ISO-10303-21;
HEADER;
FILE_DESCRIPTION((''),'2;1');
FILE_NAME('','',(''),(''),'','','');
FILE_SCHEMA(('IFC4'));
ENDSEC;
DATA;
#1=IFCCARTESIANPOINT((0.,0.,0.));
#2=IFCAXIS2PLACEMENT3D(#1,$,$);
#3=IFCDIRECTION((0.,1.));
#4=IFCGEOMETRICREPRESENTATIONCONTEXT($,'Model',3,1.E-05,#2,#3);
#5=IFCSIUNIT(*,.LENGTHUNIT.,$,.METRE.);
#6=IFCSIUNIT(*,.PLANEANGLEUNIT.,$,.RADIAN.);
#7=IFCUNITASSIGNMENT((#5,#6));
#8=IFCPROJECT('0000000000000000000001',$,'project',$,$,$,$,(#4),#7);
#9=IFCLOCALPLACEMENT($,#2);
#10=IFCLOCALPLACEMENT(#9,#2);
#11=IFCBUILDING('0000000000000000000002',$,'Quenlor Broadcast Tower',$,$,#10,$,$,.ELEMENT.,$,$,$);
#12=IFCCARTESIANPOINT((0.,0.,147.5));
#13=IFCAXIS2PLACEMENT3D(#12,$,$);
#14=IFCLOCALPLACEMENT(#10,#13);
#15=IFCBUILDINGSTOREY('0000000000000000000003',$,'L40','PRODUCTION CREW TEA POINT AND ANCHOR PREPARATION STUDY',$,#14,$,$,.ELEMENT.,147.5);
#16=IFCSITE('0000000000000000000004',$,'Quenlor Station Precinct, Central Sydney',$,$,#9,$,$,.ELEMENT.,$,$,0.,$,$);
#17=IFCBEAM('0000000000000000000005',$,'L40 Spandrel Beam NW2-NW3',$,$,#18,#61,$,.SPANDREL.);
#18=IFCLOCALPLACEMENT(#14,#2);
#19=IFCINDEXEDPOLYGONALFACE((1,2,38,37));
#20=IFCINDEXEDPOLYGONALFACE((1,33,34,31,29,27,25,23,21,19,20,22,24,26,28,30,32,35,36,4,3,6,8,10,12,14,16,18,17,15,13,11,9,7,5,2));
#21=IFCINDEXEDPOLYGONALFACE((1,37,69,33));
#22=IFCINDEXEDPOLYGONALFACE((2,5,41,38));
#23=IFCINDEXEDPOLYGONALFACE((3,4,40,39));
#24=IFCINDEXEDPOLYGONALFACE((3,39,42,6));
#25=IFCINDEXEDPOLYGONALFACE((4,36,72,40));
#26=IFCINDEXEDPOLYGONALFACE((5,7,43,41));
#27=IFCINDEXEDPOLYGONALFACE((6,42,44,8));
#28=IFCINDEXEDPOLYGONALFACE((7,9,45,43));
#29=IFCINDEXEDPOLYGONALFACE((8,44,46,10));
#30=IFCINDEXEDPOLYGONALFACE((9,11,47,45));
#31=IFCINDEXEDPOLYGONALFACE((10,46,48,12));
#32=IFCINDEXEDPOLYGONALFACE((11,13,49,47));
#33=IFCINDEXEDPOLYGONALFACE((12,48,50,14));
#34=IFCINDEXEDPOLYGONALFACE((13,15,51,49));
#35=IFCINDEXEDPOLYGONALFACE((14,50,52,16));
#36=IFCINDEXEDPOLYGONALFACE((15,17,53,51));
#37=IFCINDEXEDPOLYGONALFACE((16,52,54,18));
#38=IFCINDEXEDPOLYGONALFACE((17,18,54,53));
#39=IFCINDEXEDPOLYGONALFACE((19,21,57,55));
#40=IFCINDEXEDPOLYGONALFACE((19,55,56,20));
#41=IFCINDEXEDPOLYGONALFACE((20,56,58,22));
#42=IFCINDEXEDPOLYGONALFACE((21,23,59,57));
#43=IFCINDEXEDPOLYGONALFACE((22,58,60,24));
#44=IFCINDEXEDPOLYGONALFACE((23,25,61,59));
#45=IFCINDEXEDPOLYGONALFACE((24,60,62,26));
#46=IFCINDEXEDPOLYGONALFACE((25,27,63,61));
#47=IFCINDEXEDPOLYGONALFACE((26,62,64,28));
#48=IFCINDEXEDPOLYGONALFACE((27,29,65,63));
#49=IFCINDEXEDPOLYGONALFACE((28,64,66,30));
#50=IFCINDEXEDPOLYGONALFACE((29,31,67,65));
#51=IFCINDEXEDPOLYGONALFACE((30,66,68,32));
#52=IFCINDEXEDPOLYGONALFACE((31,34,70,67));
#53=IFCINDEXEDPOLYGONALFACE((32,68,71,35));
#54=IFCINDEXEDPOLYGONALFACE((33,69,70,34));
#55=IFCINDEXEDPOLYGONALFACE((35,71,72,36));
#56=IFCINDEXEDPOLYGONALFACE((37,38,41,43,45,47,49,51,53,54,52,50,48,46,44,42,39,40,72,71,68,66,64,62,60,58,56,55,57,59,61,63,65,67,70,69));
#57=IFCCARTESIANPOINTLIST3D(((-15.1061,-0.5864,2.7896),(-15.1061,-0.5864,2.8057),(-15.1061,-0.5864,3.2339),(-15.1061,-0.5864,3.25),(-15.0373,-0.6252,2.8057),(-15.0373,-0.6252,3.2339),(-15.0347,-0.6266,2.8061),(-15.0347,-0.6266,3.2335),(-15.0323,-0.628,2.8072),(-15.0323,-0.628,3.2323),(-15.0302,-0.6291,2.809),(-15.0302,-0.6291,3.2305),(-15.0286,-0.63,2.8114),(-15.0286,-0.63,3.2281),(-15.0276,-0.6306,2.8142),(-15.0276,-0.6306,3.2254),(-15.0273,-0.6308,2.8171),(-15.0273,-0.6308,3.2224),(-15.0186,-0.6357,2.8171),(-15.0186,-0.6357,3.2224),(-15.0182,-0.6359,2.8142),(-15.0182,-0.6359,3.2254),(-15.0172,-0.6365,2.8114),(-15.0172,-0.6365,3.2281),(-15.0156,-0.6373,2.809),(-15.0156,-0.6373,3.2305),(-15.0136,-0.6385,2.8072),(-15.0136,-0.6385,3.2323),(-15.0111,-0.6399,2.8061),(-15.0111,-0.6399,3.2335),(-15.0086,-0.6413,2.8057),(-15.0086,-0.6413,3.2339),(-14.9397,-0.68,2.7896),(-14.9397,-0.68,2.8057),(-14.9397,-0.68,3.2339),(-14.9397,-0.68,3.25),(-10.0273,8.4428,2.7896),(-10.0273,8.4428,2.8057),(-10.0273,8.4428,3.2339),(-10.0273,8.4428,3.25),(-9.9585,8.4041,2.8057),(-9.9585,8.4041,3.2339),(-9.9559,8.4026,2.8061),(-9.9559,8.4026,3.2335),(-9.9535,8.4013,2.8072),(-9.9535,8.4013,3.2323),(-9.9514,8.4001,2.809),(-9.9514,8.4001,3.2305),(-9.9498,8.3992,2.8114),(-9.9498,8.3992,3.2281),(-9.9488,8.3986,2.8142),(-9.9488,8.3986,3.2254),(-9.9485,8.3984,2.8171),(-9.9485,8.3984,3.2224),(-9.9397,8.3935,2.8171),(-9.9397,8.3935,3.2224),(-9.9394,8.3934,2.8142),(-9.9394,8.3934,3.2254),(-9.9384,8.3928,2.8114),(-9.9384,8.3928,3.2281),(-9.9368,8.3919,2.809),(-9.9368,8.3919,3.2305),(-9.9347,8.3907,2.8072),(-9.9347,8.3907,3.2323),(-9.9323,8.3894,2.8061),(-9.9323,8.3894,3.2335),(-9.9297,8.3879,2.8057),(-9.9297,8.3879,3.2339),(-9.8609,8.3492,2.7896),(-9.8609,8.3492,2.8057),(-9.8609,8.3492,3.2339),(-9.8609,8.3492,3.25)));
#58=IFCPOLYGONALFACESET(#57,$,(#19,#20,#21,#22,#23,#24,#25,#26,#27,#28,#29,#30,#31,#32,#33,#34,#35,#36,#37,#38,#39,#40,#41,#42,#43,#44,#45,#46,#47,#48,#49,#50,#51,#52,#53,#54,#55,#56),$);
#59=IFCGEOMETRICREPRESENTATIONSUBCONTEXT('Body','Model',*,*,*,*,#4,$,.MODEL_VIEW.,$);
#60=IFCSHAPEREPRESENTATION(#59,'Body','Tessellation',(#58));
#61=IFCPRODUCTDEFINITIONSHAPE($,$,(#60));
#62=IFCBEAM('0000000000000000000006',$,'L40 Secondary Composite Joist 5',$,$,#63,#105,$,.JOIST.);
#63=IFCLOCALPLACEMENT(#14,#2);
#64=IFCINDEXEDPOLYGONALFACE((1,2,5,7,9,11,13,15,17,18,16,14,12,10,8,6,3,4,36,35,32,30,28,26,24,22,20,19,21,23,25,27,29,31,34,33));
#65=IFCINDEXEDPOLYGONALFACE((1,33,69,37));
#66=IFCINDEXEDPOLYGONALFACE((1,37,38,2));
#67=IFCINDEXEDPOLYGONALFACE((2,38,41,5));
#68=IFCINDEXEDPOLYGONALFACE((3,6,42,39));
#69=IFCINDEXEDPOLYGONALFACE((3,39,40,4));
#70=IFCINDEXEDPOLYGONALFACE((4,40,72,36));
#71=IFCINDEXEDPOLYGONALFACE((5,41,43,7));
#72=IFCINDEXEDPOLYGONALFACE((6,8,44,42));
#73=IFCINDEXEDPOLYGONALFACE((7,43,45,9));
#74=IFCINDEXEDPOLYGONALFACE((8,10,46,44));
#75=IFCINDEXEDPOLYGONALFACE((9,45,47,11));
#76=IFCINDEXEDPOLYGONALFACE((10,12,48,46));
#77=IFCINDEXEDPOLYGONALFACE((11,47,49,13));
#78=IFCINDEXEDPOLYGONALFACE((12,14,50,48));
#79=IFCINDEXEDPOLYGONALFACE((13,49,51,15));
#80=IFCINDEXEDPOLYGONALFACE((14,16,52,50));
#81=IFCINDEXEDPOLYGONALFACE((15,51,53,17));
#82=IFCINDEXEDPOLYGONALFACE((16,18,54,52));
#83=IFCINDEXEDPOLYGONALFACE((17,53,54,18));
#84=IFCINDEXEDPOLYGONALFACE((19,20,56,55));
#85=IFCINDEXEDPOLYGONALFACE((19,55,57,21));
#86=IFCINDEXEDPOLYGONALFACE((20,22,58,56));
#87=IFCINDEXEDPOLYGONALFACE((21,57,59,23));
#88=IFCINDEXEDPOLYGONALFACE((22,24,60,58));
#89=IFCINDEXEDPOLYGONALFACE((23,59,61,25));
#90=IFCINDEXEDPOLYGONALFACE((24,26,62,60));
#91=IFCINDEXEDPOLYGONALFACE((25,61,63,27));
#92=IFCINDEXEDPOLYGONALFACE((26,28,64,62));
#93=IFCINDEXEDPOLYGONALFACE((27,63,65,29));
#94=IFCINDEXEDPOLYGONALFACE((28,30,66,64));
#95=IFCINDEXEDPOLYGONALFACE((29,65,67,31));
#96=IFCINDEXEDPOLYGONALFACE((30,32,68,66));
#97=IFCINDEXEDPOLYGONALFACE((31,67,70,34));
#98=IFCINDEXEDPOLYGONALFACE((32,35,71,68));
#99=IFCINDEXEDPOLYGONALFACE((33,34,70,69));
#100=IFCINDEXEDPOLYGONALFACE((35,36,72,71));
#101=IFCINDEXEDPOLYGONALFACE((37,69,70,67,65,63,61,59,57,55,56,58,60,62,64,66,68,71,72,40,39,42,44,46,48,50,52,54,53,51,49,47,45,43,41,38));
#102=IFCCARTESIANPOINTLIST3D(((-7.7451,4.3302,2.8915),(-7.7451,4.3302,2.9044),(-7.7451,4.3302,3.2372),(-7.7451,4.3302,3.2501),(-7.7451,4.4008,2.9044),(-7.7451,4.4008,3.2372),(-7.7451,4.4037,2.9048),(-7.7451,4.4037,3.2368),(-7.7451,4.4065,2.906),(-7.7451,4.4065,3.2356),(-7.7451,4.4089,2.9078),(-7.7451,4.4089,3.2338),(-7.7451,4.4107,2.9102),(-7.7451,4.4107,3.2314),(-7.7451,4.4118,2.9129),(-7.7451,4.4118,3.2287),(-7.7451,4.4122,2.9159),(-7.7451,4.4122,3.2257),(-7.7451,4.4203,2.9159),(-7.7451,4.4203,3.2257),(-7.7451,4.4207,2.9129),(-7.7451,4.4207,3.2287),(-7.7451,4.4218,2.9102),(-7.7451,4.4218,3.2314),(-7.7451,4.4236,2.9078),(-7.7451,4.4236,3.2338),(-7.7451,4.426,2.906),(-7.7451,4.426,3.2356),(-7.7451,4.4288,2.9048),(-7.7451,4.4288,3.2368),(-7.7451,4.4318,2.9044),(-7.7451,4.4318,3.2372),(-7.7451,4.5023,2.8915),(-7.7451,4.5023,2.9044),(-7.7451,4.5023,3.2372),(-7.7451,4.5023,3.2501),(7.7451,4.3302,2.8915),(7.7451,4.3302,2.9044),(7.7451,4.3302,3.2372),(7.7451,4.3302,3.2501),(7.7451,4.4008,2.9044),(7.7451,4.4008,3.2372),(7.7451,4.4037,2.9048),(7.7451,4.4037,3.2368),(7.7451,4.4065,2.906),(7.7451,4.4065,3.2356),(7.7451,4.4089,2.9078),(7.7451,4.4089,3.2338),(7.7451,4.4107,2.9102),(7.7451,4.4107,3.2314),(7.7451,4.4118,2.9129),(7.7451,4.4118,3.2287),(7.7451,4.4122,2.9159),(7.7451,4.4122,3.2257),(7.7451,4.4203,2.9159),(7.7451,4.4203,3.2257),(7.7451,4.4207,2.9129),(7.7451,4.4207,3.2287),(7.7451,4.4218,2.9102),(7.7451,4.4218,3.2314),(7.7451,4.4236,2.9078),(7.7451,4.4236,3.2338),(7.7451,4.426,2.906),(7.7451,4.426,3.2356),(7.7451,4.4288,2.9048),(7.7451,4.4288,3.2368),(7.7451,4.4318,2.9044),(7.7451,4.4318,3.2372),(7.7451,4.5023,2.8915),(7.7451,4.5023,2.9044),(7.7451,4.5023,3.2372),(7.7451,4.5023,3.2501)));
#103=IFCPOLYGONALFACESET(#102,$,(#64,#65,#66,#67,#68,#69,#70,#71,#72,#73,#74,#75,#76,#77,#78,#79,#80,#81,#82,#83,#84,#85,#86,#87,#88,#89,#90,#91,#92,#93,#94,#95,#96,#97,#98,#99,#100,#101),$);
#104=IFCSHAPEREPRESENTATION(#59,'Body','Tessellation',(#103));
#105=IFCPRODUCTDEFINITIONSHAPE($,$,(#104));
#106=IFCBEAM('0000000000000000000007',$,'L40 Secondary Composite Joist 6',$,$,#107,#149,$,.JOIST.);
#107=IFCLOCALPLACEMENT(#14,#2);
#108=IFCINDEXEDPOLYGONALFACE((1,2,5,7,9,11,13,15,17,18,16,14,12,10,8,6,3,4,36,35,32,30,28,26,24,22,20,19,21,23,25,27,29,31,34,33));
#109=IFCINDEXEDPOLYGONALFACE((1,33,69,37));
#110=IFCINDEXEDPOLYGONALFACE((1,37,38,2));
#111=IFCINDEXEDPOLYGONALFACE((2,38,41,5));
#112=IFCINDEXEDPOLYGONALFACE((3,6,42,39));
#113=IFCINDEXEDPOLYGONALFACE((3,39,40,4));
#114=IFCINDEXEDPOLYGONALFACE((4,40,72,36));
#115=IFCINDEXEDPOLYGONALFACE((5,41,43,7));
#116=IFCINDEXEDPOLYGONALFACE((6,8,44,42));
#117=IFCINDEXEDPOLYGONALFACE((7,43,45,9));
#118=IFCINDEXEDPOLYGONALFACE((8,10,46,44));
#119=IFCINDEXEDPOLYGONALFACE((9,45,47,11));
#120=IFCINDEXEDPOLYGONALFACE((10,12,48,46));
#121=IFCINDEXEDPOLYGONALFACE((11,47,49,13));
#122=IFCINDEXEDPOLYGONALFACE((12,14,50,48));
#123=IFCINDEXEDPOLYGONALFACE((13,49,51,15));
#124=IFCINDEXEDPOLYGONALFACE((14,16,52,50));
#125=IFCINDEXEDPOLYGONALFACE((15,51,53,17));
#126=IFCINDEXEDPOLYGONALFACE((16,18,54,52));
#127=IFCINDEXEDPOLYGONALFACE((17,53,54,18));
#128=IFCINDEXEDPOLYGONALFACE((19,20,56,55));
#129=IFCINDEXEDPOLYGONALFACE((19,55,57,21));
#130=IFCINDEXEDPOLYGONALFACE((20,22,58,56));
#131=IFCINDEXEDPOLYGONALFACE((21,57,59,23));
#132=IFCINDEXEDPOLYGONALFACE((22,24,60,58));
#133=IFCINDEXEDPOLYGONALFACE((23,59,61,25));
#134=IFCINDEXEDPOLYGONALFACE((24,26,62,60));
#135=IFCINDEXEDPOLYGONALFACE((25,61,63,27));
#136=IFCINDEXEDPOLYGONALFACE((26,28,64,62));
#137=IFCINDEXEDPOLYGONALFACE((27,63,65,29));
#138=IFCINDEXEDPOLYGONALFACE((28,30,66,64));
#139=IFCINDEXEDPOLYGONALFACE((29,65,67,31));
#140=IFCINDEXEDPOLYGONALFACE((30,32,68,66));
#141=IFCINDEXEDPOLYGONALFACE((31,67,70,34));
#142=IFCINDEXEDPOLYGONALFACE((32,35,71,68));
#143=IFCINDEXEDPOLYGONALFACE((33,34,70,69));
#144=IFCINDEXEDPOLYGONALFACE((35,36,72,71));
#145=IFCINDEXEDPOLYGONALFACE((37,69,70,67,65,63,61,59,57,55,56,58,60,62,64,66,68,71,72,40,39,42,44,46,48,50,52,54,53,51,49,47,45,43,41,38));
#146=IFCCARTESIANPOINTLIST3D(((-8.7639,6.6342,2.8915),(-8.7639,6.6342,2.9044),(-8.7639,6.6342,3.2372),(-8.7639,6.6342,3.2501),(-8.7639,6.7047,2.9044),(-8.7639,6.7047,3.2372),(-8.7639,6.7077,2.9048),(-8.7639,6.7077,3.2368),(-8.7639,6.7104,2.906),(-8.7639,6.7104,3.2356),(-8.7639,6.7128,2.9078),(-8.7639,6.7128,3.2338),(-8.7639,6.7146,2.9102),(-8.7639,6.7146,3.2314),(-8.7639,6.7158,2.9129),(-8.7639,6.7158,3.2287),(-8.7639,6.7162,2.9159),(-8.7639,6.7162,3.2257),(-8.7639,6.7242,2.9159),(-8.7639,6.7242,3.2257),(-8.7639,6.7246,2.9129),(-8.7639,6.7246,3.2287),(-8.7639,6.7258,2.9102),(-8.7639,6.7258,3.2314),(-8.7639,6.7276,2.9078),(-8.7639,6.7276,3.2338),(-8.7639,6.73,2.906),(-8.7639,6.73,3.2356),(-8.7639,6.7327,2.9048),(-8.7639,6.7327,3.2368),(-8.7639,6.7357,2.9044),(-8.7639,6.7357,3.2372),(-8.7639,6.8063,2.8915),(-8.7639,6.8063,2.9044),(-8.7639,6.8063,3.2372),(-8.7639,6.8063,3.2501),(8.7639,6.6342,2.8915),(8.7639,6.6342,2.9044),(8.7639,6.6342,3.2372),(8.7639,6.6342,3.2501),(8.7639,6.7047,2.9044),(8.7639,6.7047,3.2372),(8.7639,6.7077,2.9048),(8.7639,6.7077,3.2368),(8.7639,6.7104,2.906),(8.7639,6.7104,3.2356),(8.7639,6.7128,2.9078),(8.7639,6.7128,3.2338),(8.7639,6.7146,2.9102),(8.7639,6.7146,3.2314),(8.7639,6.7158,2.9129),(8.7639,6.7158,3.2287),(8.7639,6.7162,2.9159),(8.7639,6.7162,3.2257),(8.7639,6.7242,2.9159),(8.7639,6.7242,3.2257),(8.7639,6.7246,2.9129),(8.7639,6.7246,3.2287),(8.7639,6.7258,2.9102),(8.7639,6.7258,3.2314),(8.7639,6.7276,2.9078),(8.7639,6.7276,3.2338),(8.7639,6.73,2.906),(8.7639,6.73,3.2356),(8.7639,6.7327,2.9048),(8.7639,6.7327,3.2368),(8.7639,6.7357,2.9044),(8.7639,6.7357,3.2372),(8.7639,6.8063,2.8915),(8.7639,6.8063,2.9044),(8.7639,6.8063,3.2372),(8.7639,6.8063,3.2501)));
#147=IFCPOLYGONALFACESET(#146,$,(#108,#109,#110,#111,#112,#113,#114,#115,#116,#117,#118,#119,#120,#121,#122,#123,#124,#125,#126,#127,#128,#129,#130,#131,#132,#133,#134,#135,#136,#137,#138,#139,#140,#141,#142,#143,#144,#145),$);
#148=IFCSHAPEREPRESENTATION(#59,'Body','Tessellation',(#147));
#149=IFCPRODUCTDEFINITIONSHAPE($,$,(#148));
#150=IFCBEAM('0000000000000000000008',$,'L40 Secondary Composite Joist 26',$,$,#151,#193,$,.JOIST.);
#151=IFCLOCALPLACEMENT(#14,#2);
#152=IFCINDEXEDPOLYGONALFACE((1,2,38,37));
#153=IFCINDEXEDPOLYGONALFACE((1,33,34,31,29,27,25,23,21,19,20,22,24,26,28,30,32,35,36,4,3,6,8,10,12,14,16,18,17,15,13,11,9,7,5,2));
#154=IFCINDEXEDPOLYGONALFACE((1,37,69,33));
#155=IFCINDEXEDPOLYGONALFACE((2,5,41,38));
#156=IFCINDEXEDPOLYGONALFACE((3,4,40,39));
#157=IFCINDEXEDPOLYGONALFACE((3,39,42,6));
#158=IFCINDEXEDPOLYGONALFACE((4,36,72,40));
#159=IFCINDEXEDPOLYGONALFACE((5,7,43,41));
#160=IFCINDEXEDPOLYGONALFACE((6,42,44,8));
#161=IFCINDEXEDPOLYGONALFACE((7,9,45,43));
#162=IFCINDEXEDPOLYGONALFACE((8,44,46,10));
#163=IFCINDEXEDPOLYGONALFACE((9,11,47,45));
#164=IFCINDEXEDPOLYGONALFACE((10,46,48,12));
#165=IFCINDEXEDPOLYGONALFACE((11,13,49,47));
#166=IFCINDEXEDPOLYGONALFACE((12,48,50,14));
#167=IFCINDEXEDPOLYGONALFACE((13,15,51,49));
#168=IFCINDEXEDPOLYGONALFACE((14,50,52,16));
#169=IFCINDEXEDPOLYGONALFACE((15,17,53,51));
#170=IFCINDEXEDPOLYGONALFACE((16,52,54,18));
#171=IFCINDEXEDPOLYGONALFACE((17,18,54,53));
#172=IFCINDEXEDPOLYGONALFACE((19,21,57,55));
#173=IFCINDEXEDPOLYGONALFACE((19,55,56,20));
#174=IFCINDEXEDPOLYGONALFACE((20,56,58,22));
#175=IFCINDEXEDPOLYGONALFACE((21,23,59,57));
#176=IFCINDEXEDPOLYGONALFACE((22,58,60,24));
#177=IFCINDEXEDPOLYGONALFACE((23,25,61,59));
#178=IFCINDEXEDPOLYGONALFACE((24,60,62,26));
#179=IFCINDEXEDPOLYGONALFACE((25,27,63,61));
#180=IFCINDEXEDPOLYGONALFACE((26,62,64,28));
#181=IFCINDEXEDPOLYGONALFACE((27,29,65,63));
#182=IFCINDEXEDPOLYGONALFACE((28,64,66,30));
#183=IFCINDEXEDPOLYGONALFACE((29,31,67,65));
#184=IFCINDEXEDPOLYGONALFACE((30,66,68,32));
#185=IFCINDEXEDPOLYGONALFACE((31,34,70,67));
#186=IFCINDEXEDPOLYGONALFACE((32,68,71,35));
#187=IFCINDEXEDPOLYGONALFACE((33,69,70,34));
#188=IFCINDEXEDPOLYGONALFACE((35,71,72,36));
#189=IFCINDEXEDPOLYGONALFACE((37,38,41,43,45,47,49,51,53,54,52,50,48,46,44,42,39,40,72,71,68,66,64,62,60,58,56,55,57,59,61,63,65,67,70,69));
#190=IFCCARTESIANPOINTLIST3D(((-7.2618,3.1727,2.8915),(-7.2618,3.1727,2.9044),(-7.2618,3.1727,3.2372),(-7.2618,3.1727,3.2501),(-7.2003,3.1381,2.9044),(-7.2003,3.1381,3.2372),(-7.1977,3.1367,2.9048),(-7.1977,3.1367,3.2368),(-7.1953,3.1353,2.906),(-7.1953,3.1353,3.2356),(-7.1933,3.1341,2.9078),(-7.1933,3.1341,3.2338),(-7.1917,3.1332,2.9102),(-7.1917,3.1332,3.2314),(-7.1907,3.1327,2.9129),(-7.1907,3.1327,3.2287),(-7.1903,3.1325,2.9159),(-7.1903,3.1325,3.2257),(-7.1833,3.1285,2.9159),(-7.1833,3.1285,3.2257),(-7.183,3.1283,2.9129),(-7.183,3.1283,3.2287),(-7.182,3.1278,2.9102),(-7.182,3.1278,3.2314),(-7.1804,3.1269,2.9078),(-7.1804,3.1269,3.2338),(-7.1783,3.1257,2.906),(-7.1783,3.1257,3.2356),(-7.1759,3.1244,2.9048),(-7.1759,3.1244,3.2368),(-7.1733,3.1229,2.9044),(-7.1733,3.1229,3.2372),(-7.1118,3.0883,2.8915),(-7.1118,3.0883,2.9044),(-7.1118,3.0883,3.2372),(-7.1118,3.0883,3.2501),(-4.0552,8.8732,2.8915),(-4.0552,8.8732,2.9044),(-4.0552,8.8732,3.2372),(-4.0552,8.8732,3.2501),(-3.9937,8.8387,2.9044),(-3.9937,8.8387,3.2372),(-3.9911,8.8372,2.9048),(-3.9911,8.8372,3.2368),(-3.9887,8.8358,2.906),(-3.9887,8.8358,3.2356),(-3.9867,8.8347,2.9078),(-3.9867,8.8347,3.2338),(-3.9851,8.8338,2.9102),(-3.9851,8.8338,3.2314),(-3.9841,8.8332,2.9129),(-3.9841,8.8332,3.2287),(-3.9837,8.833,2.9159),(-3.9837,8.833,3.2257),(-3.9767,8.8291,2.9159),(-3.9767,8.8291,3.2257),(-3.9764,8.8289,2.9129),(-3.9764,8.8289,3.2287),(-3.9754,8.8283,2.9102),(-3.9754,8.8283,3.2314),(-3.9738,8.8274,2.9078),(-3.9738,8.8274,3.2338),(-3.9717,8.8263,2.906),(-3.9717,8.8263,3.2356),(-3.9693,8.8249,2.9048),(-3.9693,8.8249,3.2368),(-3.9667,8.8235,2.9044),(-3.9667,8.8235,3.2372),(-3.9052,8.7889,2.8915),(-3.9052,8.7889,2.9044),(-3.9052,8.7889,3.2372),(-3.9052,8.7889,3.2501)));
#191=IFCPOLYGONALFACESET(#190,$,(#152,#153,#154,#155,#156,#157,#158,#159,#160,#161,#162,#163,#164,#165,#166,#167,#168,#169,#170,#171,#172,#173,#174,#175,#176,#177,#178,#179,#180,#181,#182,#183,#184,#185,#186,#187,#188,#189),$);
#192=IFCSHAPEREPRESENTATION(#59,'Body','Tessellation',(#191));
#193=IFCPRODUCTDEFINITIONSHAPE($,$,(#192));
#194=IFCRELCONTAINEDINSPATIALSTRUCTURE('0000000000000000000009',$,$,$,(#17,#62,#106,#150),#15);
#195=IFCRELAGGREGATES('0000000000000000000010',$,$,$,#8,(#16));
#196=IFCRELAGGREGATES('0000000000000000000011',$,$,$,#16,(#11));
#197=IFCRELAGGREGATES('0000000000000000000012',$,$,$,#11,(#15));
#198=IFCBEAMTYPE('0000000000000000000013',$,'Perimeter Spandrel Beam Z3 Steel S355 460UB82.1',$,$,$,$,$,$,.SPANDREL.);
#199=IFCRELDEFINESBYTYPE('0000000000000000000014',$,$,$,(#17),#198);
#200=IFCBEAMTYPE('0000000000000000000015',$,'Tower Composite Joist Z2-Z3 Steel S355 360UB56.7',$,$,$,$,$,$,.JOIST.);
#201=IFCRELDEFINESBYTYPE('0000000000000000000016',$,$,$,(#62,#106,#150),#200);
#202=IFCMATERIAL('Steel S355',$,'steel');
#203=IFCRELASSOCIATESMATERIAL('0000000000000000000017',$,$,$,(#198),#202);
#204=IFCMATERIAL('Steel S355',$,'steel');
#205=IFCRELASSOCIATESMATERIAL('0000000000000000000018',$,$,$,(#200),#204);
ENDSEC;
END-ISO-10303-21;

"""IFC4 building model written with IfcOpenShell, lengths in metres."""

from ifc_helpers import new_model, si_unit, direction, frame, origin, origin_2d, place, context, subcontext, project, spatial, i_section, extrude, material, material_profile, profile_set, type_object, element, save


model = new_model("IFC4")

# Units and contexts
model_context = context("Model", 3, precision=1e-05, world=origin(), true_north=direction((0.0, 1.0)))
body_context = subcontext(model_context, "Body", "Model", "MODEL_VIEW")
ifc_project = project(units=[si_unit("LENGTHUNIT", "METRE"), si_unit("PLANEANGLEUNIT", "RADIAN")], contexts=[model_context])

# Site, building, storey
site_placement = place(None, origin())
site = spatial("IfcSite", under=ifc_project, at=site_placement, Name="Quenlor Station Precinct, Central Sydney", CompositionType="ELEMENT", RefElevation=0.0)
building_placement = place(site_placement, origin())
building = spatial("IfcBuilding", under=site, at=building_placement, Name="Quenlor Broadcast Tower", CompositionType="ELEMENT")
storey_placement = place(building_placement, frame((0.0, 0.0, 147.5)))
storey = spatial("IfcBuildingStorey", under=building, at=storey_placement, Name="L40", Description="PRODUCTION CREW TEA POINT AND ANCHOR PREPARATION STUDY", CompositionType="ELEMENT", Elevation=147.5)

# Beams
ifc_material_1 = material(Name="Steel S355", Category="steel")
ifc_material_profile_1 = material_profile(ifc_material_1, i_section(OverallWidth=0.1909, OverallDepth=0.4604, WebThickness=0.01, FlangeThickness=0.0161, FilletRadius=0.0115, at=origin_2d()))
ifc_profile_set_1 = profile_set([ifc_material_profile_1], Name="Steel S355 460UB82.1")
beam_type_1 = type_object("IfcBeamType", Name="Perimeter Spandrel Beam Z3 Steel S355 460UB82.1", PredefinedType="SPANDREL", material=ifc_profile_set_1)
beam_1_placement = place(storey_placement, frame((-9.9441, 8.396, 3.0198), z_axis=(-0.490252, -0.871581, 0.0), x_axis=(0.871581, -0.490252, 0.0)))
element("IfcBeam", 1, at=beam_1_placement, inside=storey, type_object=beam_type_1, Name="L40 Spandrel Beam NW2-NW3", PredefinedType="SPANDREL", context=body_context, shape_type="SweptSolid", body=[
    extrude(i_section(OverallWidth=0.1909, OverallDepth=0.4604, WebThickness=0.01, FlangeThickness=0.0161, FilletRadius=0.0115, at=origin_2d()), origin(), (0.0, 0.0, 1.0), 10.3596),
])
ifc_material_2 = material(Name="Steel S355", Category="steel")
ifc_material_profile_2 = material_profile(ifc_material_2, i_section(OverallWidth=0.1721, OverallDepth=0.3586, WebThickness=0.0081, FlangeThickness=0.0129, FilletRadius=0.0115, at=origin_2d()))
ifc_profile_set_2 = profile_set([ifc_material_profile_2], Name="Steel S355 360UB56.7")
beam_type_2 = type_object("IfcBeamType", Name="Tower Composite Joist Z2-Z3 Steel S355 360UB56.7", PredefinedType="JOIST", material=ifc_profile_set_2)
beam_2_placement = place(storey_placement, frame((-7.7451, 4.4163, 3.0708), z_axis=(1.0, 0.0, 0.0), x_axis=(0.0, 1.0, 0.0)))
element("IfcBeam", 2, at=beam_2_placement, inside=storey, type_object=beam_type_2, Name="L40 Secondary Composite Joist 5", PredefinedType="JOIST", context=body_context, shape_type="SweptSolid", body=[
    extrude(i_section(OverallWidth=0.1721, OverallDepth=0.3586, WebThickness=0.0081, FlangeThickness=0.0129, FilletRadius=0.0115, at=origin_2d()), origin(), (0.0, 0.0, 1.0), 15.4902),
])
beam_3_placement = place(storey_placement, frame((-8.7639, 6.7202, 3.0708), z_axis=(1.0, 0.0, 0.0), x_axis=(0.0, 1.0, 0.0)))
element("IfcBeam", 3, at=beam_3_placement, inside=storey, type_object=beam_type_2, Name="L40 Secondary Composite Joist 6", PredefinedType="JOIST", context=body_context, shape_type="SweptSolid", body=[
    extrude(i_section(OverallWidth=0.1721, OverallDepth=0.3586, WebThickness=0.0081, FlangeThickness=0.0129, FilletRadius=0.0115, at=origin_2d()), origin(), (0.0, 0.0, 1.0), 17.5278),
])
beam_4_placement = place(storey_placement, frame((-3.9802, 8.8311, 3.0708), z_axis=(-0.490267, -0.871573, 0.0), x_axis=(0.871573, -0.490267, 0.0)))
element("IfcBeam", 4, at=beam_4_placement, inside=storey, type_object=beam_type_2, Name="L40 Secondary Composite Joist 26", PredefinedType="JOIST", context=body_context, shape_type="SweptSolid", body=[
    extrude(i_section(OverallWidth=0.1721, OverallDepth=0.3586, WebThickness=0.0081, FlangeThickness=0.0129, FilletRadius=0.0115, at=origin_2d()), origin(), (0.0, 0.0, 1.0), 6.5405),
])

save(model, "model.ifc")
